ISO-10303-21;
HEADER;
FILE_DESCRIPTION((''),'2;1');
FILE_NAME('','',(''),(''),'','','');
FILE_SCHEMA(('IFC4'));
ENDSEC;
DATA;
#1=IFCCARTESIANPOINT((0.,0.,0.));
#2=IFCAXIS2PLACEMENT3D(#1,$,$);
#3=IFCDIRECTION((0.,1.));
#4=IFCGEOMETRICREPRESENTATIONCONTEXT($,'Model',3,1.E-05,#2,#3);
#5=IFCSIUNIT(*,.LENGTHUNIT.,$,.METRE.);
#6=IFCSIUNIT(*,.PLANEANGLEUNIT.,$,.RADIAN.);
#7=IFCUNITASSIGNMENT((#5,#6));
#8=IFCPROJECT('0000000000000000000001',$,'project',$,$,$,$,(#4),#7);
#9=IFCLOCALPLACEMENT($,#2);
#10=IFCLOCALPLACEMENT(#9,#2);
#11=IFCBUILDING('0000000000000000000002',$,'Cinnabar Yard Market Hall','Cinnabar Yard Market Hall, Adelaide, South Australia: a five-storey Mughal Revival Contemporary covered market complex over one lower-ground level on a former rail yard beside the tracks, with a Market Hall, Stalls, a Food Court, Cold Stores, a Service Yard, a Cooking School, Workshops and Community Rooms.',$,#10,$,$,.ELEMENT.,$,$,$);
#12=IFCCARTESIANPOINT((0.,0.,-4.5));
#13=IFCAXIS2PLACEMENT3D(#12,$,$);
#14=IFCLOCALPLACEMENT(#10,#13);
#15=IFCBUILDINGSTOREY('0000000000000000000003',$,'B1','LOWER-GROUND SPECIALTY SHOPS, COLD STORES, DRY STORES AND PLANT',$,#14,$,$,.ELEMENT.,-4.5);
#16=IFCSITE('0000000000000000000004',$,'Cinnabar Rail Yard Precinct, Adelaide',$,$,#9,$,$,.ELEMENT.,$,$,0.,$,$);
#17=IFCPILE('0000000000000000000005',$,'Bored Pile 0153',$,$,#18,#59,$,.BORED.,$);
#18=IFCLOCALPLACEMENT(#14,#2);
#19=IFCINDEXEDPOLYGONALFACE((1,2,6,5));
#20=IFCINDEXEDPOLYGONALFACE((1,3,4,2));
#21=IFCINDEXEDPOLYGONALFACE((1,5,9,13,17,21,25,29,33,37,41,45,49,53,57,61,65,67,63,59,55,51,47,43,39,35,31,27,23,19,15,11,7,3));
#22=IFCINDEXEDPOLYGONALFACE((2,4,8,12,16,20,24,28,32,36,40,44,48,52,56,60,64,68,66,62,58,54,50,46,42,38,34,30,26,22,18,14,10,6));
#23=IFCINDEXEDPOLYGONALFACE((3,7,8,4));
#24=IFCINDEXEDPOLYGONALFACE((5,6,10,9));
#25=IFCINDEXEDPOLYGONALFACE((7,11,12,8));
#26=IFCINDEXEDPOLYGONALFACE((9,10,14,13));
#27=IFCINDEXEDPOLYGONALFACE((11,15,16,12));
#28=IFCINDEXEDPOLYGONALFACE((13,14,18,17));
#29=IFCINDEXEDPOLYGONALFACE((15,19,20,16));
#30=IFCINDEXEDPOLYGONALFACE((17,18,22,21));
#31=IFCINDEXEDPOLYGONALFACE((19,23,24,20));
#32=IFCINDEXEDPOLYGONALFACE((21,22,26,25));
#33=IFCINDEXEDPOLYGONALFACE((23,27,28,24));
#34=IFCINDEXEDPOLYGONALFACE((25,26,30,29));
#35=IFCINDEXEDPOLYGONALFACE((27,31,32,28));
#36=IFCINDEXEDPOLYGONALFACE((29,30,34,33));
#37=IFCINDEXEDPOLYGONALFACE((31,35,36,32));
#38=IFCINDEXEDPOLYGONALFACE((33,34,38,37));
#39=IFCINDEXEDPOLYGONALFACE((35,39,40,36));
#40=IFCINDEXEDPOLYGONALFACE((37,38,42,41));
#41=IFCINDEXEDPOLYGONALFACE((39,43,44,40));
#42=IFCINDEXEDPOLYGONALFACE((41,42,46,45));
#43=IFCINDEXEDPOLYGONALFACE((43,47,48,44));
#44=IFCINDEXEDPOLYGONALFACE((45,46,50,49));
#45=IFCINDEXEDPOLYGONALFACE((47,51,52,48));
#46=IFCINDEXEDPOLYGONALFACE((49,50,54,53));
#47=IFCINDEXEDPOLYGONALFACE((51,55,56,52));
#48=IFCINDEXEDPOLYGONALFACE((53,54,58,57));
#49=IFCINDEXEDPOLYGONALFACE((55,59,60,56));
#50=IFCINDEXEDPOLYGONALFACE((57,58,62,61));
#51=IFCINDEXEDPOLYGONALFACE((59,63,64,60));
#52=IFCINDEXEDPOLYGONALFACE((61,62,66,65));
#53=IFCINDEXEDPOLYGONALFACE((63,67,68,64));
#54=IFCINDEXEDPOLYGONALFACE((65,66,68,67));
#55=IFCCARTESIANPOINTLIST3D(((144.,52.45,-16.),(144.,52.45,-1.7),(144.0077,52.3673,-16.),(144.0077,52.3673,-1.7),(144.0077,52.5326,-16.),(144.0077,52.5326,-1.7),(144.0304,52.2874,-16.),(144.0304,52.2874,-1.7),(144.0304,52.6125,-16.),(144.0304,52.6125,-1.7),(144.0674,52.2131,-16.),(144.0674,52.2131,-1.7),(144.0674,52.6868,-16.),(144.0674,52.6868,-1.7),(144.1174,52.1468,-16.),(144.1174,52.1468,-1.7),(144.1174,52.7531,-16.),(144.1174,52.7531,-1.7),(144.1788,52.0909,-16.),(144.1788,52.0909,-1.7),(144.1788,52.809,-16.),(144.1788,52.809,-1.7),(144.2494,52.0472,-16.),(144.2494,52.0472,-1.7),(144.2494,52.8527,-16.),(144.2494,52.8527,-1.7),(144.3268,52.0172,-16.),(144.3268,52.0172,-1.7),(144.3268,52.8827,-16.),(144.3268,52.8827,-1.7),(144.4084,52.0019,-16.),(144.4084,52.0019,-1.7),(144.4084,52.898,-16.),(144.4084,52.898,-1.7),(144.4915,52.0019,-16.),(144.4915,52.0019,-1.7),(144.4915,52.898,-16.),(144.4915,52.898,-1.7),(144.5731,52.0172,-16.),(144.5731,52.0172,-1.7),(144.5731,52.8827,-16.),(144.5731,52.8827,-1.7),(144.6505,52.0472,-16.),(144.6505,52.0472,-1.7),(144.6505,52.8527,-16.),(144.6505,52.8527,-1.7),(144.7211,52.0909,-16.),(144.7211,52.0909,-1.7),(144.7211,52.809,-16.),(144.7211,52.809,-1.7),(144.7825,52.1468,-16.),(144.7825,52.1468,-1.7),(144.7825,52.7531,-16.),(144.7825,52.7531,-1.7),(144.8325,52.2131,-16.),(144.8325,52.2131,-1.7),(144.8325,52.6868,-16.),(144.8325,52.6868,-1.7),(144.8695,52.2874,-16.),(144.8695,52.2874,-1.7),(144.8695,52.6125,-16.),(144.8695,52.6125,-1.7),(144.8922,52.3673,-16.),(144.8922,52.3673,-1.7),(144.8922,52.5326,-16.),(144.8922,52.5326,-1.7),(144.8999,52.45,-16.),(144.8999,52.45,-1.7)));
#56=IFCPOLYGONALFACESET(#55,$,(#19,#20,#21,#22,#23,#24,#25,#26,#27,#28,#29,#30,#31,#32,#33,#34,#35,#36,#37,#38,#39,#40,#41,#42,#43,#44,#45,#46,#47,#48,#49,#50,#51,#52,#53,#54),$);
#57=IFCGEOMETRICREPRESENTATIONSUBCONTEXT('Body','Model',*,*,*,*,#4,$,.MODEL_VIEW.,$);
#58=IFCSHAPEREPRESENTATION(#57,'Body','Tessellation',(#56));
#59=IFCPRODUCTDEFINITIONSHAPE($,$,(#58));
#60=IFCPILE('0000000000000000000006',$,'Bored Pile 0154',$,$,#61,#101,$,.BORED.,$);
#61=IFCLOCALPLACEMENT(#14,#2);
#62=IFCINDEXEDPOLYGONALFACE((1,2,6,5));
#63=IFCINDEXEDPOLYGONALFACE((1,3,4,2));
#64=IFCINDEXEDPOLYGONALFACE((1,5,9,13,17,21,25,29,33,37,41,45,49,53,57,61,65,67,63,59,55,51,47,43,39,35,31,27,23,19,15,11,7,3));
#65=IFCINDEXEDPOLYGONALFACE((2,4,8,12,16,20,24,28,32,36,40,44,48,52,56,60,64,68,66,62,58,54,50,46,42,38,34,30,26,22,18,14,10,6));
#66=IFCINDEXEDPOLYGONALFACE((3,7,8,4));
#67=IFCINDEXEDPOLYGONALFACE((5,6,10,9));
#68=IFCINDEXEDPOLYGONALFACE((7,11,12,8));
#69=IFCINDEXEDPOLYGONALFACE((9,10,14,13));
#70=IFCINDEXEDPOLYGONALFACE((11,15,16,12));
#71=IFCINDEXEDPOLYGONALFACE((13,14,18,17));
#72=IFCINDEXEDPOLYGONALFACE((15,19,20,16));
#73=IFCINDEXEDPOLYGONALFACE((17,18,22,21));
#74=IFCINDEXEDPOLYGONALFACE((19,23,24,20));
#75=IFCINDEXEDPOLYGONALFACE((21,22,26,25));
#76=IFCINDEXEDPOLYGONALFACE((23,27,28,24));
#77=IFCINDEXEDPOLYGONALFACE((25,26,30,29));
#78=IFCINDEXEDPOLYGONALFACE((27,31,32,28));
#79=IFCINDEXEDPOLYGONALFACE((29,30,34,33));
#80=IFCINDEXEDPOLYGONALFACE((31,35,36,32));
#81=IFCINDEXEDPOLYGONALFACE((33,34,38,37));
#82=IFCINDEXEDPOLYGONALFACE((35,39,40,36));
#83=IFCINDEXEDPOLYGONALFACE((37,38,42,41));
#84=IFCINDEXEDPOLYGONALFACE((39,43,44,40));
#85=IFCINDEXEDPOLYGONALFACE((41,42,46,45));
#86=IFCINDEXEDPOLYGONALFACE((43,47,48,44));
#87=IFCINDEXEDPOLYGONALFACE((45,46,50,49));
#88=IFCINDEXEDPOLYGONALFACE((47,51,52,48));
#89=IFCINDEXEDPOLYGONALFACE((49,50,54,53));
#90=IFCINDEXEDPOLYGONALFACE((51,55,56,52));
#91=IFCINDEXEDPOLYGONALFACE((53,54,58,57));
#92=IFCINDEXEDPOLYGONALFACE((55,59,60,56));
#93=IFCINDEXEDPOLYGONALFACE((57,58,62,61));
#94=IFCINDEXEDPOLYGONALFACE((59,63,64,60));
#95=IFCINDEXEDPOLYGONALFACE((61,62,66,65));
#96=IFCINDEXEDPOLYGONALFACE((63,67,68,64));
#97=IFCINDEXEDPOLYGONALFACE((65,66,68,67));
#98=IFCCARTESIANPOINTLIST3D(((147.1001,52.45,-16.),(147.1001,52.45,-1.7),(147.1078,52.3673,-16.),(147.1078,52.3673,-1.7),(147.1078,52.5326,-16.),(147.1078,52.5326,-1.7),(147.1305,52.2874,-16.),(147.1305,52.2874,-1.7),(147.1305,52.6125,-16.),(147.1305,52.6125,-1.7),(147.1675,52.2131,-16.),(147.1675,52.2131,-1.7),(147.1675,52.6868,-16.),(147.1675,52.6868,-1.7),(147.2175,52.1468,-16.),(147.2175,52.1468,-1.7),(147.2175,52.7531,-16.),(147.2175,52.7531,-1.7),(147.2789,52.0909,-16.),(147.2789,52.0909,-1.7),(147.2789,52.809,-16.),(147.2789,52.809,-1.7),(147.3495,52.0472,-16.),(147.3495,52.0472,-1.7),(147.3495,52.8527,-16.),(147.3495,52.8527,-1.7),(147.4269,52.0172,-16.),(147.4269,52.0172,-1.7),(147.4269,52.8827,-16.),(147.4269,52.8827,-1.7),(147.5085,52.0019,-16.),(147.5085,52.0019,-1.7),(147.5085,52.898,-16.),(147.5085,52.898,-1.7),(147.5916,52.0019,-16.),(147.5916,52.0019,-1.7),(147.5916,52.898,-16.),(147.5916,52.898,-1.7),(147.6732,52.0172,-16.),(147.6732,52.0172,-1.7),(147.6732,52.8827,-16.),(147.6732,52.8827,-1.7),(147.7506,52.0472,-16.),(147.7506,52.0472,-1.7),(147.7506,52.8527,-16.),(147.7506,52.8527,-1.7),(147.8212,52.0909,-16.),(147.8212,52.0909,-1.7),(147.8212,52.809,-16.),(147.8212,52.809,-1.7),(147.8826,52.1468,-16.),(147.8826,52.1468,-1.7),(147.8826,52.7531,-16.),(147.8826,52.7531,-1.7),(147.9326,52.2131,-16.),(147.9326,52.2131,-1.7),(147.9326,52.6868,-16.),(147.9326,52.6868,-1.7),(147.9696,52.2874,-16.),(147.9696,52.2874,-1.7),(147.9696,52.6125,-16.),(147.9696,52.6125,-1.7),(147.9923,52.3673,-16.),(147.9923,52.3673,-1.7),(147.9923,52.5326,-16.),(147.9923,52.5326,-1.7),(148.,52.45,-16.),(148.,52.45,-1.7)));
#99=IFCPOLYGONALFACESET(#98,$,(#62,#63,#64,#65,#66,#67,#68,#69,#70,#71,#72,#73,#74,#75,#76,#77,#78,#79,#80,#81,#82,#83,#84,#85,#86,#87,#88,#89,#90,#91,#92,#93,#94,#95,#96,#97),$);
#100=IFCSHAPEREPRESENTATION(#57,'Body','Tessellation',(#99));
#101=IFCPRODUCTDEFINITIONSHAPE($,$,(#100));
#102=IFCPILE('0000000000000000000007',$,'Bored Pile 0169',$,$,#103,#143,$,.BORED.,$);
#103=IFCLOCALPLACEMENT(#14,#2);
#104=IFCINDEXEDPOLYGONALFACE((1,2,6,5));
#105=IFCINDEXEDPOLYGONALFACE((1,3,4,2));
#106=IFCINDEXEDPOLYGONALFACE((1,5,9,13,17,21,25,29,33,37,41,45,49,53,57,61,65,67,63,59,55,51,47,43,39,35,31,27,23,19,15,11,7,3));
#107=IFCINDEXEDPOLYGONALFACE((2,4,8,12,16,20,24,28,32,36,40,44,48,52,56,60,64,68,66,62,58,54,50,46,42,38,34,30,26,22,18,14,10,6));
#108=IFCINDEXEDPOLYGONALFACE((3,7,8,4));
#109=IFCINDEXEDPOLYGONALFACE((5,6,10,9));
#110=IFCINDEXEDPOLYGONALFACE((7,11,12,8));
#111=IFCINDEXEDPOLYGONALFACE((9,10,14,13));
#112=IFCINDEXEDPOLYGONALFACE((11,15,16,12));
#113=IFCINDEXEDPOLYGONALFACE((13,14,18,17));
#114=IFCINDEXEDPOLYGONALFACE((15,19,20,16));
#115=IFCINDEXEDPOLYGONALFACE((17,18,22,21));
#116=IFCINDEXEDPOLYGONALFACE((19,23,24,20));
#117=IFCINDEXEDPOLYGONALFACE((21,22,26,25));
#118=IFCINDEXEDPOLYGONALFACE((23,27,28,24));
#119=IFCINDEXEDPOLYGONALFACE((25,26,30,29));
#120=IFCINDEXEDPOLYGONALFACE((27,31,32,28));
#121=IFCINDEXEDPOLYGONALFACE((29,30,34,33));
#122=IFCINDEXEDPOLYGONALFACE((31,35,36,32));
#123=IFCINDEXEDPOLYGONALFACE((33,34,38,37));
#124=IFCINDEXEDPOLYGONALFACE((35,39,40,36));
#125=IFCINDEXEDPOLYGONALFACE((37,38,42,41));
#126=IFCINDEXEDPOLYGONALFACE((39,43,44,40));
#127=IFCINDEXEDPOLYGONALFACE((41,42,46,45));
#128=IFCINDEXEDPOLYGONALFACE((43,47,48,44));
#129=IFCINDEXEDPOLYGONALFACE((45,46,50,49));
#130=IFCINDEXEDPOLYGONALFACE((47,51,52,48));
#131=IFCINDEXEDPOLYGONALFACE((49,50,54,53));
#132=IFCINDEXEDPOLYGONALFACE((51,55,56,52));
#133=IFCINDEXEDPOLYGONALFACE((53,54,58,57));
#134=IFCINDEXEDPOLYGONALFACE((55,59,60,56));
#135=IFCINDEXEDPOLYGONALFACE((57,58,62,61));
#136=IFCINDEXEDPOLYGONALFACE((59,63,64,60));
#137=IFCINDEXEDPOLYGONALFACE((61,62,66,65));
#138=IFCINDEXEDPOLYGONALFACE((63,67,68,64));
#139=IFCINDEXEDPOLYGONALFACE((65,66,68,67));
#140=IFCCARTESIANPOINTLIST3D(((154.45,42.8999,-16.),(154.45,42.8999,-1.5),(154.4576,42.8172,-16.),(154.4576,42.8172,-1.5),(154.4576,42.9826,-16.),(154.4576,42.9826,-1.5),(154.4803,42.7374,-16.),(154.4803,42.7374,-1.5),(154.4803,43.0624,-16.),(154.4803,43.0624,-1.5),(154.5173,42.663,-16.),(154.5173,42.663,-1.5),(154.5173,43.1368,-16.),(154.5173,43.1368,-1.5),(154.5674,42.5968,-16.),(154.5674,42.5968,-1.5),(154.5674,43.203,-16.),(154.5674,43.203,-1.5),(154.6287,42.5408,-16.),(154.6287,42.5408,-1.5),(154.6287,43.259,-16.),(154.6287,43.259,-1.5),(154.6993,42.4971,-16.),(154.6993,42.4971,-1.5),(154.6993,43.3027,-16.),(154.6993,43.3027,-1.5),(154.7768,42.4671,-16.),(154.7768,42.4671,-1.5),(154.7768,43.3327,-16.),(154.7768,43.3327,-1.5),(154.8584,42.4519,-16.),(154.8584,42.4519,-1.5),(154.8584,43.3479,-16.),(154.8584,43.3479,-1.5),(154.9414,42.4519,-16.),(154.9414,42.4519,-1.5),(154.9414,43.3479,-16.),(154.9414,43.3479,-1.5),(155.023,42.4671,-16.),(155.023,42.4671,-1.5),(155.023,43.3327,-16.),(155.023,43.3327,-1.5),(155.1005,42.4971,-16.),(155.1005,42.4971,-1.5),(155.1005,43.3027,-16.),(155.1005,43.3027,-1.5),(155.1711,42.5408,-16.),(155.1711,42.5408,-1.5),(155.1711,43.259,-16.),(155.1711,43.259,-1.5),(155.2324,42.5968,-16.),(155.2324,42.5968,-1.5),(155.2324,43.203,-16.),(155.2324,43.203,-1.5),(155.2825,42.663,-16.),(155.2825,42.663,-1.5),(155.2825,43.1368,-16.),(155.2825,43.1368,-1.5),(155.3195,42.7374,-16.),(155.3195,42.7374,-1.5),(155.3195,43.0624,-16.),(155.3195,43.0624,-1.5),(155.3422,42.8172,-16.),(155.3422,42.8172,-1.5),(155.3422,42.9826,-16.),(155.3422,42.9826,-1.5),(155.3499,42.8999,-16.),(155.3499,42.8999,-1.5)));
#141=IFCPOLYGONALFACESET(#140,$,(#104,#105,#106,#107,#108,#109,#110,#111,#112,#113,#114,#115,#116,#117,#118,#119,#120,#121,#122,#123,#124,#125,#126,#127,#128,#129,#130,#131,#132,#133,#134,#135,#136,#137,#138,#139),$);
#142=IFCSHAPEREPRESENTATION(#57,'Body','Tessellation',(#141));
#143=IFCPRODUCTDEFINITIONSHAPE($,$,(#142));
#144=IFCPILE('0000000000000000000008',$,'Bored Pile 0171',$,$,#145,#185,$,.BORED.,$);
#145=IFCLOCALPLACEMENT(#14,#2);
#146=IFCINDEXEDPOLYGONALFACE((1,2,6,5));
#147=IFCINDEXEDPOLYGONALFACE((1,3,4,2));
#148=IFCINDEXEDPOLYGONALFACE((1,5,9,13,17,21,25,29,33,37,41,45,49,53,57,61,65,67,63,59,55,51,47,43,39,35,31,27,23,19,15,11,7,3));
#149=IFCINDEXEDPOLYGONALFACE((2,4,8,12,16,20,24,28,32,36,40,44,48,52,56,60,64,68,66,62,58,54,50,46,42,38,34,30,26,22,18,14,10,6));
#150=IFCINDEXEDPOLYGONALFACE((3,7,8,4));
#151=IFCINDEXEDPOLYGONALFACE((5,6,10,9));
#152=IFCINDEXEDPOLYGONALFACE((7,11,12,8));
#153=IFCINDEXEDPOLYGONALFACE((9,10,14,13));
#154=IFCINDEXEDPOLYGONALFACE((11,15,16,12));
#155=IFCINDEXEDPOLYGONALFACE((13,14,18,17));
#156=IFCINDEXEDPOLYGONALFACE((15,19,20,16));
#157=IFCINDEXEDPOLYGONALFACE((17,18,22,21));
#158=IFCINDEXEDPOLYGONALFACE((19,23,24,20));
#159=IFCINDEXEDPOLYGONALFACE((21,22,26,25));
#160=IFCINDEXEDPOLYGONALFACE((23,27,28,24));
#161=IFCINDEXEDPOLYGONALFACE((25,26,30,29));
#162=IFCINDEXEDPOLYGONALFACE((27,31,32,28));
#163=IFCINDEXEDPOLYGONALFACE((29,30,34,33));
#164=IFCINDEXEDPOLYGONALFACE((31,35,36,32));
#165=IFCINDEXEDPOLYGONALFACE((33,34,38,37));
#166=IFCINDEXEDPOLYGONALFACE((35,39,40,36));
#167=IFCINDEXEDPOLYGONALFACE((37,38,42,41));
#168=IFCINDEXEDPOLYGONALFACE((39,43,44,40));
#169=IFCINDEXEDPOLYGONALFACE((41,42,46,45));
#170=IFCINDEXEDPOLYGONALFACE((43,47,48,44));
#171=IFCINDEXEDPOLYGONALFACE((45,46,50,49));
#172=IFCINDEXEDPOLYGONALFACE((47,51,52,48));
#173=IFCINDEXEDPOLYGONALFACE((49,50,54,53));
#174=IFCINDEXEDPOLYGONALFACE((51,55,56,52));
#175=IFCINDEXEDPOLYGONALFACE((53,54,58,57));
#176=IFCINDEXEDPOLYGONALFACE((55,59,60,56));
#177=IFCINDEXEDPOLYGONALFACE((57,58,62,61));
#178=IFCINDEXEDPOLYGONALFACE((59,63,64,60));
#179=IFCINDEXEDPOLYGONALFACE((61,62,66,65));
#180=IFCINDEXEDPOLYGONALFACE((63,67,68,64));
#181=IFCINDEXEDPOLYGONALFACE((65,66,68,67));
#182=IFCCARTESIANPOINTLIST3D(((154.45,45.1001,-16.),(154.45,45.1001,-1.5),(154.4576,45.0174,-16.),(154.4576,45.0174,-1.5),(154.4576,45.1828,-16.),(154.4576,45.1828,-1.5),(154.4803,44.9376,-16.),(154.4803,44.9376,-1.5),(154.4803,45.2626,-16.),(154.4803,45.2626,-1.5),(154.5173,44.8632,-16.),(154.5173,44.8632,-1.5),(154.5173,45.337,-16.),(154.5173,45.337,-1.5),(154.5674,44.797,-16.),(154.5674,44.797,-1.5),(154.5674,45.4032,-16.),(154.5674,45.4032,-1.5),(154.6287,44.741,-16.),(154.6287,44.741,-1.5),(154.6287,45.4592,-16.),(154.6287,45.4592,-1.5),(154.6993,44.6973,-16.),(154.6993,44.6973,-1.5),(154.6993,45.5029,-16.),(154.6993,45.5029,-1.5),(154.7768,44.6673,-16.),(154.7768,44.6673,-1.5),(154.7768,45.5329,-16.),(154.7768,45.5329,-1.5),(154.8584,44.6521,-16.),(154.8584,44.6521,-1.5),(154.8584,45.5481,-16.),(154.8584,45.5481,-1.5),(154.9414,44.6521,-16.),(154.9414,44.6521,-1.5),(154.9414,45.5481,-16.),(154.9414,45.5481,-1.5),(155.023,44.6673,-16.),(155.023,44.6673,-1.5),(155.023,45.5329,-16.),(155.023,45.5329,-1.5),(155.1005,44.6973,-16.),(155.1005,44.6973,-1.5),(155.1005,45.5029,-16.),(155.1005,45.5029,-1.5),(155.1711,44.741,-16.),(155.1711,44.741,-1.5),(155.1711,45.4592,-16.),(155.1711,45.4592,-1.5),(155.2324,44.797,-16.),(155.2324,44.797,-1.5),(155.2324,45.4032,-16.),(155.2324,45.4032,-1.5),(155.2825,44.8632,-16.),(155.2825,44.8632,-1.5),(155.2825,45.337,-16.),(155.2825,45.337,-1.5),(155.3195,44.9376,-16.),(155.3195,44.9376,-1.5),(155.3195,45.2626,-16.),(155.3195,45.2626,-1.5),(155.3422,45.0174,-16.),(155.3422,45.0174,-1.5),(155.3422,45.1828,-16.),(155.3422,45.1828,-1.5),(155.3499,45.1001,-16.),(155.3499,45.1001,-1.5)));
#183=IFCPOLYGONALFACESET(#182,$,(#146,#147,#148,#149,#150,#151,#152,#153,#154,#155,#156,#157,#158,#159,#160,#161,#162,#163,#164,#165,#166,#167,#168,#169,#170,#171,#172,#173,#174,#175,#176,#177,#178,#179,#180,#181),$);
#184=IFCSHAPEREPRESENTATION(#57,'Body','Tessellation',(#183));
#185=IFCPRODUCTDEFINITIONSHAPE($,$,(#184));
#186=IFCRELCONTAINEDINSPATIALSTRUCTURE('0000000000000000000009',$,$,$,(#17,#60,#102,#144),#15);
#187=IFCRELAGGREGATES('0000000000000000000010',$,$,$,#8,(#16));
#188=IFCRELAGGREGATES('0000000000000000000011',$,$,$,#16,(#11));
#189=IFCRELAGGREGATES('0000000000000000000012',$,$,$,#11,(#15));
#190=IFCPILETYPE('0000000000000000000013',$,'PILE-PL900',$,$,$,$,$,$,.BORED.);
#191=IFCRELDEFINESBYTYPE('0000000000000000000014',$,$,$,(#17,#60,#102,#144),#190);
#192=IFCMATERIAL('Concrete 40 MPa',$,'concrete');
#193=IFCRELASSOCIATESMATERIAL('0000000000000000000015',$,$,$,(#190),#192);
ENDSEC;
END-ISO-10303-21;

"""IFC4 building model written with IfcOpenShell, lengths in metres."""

from ifc_helpers import new_model, si_unit, direction, frame, origin, origin_2d_with_axis, place, context, subcontext, project, spatial, circle, extrude, material, material_profile, profile_set, type_object, element, save


model = new_model("IFC4")

# Units and contexts
model_context = context("Model", 3, precision=1e-05, world=origin(), true_north=direction((0.0, 1.0)))
body_context = subcontext(model_context, "Body", "Model", "MODEL_VIEW")
ifc_project = project(units=[si_unit("LENGTHUNIT", "METRE"), si_unit("PLANEANGLEUNIT", "RADIAN")], contexts=[model_context])

# Site, building, storey
site_placement = place(None, origin())
site = spatial("IfcSite", under=ifc_project, at=site_placement, Name="Cinnabar Rail Yard Precinct, Adelaide", CompositionType="ELEMENT", RefElevation=0.0)
building_placement = place(site_placement, origin())
building = spatial("IfcBuilding", under=site, at=building_placement, Name="Cinnabar Yard Market Hall", Description="Cinnabar Yard Market Hall, Adelaide, South Australia: a five-storey Mughal Revival Contemporary covered market complex over one lower-ground level on a former rail yard beside the tracks, with a Market Hall, Stalls, a Food Court, Cold Stores, a Service Yard, a Cooking School, Workshops and Community Rooms.", CompositionType="ELEMENT")
storey_placement = place(building_placement, frame((0.0, 0.0, -4.5)))
storey = spatial("IfcBuildingStorey", under=building, at=storey_placement, Name="B1", Description="LOWER-GROUND SPECIALTY SHOPS, COLD STORES, DRY STORES AND PLANT", CompositionType="ELEMENT", Elevation=-4.5)

# Shared definitions
ifc_material_1 = material(Name="Concrete 40 MPa", Category="concrete")

# Piles
ifc_material_profile_1 = material_profile(ifc_material_1, circle(Radius=0.45, at=origin_2d_with_axis()), Name="PILE-D900")
ifc_profile_set_1 = profile_set([ifc_material_profile_1], Name="Concrete 40 MPa")
pile_type = type_object("IfcPileType", Name="PILE-PL900", PredefinedType="BORED", material=ifc_profile_set_1)
for number, where, z_axis, x_axis, name in (
    (1, (144.45, 52.45, -1.7), (0.0, 0.0, -1.0), (1.0, 0.0, 0.0), "Bored Pile 0153"),
    (2, (147.55, 52.45, -1.7), (0.0, 0.0, -1.0), (1.0, 0.0, 0.0), "Bored Pile 0154"),
):
    element("IfcPile", number, at=place(storey_placement, frame(where, z_axis=z_axis, x_axis=x_axis)), inside=storey, type_object=pile_type, Name=name, PredefinedType="BORED", context=body_context, shape_type="SweptSolid", body=[
        extrude(circle(Radius=0.45, at=origin_2d_with_axis()), origin(), (0.0, 0.0, 1.0), 14.3),
    ])
for number, where, z_axis, x_axis, name in (
    (3, (154.8999, 42.8999, -1.5), (0.0, 0.0, -1.0), (1.0, 0.0, 0.0), "Bored Pile 0169"),
    (4, (154.8999, 45.1001, -1.5), (0.0, 0.0, -1.0), (1.0, 0.0, 0.0), "Bored Pile 0171"),
):
    element("IfcPile", number, at=place(storey_placement, frame(where, z_axis=z_axis, x_axis=x_axis)), inside=storey, type_object=pile_type, Name=name, PredefinedType="BORED", context=body_context, shape_type="SweptSolid", body=[
        extrude(circle(Radius=0.45, at=origin_2d_with_axis()), origin(), (0.0, 0.0, 1.0), 14.5),
    ])

save(model, "model.ifc")
